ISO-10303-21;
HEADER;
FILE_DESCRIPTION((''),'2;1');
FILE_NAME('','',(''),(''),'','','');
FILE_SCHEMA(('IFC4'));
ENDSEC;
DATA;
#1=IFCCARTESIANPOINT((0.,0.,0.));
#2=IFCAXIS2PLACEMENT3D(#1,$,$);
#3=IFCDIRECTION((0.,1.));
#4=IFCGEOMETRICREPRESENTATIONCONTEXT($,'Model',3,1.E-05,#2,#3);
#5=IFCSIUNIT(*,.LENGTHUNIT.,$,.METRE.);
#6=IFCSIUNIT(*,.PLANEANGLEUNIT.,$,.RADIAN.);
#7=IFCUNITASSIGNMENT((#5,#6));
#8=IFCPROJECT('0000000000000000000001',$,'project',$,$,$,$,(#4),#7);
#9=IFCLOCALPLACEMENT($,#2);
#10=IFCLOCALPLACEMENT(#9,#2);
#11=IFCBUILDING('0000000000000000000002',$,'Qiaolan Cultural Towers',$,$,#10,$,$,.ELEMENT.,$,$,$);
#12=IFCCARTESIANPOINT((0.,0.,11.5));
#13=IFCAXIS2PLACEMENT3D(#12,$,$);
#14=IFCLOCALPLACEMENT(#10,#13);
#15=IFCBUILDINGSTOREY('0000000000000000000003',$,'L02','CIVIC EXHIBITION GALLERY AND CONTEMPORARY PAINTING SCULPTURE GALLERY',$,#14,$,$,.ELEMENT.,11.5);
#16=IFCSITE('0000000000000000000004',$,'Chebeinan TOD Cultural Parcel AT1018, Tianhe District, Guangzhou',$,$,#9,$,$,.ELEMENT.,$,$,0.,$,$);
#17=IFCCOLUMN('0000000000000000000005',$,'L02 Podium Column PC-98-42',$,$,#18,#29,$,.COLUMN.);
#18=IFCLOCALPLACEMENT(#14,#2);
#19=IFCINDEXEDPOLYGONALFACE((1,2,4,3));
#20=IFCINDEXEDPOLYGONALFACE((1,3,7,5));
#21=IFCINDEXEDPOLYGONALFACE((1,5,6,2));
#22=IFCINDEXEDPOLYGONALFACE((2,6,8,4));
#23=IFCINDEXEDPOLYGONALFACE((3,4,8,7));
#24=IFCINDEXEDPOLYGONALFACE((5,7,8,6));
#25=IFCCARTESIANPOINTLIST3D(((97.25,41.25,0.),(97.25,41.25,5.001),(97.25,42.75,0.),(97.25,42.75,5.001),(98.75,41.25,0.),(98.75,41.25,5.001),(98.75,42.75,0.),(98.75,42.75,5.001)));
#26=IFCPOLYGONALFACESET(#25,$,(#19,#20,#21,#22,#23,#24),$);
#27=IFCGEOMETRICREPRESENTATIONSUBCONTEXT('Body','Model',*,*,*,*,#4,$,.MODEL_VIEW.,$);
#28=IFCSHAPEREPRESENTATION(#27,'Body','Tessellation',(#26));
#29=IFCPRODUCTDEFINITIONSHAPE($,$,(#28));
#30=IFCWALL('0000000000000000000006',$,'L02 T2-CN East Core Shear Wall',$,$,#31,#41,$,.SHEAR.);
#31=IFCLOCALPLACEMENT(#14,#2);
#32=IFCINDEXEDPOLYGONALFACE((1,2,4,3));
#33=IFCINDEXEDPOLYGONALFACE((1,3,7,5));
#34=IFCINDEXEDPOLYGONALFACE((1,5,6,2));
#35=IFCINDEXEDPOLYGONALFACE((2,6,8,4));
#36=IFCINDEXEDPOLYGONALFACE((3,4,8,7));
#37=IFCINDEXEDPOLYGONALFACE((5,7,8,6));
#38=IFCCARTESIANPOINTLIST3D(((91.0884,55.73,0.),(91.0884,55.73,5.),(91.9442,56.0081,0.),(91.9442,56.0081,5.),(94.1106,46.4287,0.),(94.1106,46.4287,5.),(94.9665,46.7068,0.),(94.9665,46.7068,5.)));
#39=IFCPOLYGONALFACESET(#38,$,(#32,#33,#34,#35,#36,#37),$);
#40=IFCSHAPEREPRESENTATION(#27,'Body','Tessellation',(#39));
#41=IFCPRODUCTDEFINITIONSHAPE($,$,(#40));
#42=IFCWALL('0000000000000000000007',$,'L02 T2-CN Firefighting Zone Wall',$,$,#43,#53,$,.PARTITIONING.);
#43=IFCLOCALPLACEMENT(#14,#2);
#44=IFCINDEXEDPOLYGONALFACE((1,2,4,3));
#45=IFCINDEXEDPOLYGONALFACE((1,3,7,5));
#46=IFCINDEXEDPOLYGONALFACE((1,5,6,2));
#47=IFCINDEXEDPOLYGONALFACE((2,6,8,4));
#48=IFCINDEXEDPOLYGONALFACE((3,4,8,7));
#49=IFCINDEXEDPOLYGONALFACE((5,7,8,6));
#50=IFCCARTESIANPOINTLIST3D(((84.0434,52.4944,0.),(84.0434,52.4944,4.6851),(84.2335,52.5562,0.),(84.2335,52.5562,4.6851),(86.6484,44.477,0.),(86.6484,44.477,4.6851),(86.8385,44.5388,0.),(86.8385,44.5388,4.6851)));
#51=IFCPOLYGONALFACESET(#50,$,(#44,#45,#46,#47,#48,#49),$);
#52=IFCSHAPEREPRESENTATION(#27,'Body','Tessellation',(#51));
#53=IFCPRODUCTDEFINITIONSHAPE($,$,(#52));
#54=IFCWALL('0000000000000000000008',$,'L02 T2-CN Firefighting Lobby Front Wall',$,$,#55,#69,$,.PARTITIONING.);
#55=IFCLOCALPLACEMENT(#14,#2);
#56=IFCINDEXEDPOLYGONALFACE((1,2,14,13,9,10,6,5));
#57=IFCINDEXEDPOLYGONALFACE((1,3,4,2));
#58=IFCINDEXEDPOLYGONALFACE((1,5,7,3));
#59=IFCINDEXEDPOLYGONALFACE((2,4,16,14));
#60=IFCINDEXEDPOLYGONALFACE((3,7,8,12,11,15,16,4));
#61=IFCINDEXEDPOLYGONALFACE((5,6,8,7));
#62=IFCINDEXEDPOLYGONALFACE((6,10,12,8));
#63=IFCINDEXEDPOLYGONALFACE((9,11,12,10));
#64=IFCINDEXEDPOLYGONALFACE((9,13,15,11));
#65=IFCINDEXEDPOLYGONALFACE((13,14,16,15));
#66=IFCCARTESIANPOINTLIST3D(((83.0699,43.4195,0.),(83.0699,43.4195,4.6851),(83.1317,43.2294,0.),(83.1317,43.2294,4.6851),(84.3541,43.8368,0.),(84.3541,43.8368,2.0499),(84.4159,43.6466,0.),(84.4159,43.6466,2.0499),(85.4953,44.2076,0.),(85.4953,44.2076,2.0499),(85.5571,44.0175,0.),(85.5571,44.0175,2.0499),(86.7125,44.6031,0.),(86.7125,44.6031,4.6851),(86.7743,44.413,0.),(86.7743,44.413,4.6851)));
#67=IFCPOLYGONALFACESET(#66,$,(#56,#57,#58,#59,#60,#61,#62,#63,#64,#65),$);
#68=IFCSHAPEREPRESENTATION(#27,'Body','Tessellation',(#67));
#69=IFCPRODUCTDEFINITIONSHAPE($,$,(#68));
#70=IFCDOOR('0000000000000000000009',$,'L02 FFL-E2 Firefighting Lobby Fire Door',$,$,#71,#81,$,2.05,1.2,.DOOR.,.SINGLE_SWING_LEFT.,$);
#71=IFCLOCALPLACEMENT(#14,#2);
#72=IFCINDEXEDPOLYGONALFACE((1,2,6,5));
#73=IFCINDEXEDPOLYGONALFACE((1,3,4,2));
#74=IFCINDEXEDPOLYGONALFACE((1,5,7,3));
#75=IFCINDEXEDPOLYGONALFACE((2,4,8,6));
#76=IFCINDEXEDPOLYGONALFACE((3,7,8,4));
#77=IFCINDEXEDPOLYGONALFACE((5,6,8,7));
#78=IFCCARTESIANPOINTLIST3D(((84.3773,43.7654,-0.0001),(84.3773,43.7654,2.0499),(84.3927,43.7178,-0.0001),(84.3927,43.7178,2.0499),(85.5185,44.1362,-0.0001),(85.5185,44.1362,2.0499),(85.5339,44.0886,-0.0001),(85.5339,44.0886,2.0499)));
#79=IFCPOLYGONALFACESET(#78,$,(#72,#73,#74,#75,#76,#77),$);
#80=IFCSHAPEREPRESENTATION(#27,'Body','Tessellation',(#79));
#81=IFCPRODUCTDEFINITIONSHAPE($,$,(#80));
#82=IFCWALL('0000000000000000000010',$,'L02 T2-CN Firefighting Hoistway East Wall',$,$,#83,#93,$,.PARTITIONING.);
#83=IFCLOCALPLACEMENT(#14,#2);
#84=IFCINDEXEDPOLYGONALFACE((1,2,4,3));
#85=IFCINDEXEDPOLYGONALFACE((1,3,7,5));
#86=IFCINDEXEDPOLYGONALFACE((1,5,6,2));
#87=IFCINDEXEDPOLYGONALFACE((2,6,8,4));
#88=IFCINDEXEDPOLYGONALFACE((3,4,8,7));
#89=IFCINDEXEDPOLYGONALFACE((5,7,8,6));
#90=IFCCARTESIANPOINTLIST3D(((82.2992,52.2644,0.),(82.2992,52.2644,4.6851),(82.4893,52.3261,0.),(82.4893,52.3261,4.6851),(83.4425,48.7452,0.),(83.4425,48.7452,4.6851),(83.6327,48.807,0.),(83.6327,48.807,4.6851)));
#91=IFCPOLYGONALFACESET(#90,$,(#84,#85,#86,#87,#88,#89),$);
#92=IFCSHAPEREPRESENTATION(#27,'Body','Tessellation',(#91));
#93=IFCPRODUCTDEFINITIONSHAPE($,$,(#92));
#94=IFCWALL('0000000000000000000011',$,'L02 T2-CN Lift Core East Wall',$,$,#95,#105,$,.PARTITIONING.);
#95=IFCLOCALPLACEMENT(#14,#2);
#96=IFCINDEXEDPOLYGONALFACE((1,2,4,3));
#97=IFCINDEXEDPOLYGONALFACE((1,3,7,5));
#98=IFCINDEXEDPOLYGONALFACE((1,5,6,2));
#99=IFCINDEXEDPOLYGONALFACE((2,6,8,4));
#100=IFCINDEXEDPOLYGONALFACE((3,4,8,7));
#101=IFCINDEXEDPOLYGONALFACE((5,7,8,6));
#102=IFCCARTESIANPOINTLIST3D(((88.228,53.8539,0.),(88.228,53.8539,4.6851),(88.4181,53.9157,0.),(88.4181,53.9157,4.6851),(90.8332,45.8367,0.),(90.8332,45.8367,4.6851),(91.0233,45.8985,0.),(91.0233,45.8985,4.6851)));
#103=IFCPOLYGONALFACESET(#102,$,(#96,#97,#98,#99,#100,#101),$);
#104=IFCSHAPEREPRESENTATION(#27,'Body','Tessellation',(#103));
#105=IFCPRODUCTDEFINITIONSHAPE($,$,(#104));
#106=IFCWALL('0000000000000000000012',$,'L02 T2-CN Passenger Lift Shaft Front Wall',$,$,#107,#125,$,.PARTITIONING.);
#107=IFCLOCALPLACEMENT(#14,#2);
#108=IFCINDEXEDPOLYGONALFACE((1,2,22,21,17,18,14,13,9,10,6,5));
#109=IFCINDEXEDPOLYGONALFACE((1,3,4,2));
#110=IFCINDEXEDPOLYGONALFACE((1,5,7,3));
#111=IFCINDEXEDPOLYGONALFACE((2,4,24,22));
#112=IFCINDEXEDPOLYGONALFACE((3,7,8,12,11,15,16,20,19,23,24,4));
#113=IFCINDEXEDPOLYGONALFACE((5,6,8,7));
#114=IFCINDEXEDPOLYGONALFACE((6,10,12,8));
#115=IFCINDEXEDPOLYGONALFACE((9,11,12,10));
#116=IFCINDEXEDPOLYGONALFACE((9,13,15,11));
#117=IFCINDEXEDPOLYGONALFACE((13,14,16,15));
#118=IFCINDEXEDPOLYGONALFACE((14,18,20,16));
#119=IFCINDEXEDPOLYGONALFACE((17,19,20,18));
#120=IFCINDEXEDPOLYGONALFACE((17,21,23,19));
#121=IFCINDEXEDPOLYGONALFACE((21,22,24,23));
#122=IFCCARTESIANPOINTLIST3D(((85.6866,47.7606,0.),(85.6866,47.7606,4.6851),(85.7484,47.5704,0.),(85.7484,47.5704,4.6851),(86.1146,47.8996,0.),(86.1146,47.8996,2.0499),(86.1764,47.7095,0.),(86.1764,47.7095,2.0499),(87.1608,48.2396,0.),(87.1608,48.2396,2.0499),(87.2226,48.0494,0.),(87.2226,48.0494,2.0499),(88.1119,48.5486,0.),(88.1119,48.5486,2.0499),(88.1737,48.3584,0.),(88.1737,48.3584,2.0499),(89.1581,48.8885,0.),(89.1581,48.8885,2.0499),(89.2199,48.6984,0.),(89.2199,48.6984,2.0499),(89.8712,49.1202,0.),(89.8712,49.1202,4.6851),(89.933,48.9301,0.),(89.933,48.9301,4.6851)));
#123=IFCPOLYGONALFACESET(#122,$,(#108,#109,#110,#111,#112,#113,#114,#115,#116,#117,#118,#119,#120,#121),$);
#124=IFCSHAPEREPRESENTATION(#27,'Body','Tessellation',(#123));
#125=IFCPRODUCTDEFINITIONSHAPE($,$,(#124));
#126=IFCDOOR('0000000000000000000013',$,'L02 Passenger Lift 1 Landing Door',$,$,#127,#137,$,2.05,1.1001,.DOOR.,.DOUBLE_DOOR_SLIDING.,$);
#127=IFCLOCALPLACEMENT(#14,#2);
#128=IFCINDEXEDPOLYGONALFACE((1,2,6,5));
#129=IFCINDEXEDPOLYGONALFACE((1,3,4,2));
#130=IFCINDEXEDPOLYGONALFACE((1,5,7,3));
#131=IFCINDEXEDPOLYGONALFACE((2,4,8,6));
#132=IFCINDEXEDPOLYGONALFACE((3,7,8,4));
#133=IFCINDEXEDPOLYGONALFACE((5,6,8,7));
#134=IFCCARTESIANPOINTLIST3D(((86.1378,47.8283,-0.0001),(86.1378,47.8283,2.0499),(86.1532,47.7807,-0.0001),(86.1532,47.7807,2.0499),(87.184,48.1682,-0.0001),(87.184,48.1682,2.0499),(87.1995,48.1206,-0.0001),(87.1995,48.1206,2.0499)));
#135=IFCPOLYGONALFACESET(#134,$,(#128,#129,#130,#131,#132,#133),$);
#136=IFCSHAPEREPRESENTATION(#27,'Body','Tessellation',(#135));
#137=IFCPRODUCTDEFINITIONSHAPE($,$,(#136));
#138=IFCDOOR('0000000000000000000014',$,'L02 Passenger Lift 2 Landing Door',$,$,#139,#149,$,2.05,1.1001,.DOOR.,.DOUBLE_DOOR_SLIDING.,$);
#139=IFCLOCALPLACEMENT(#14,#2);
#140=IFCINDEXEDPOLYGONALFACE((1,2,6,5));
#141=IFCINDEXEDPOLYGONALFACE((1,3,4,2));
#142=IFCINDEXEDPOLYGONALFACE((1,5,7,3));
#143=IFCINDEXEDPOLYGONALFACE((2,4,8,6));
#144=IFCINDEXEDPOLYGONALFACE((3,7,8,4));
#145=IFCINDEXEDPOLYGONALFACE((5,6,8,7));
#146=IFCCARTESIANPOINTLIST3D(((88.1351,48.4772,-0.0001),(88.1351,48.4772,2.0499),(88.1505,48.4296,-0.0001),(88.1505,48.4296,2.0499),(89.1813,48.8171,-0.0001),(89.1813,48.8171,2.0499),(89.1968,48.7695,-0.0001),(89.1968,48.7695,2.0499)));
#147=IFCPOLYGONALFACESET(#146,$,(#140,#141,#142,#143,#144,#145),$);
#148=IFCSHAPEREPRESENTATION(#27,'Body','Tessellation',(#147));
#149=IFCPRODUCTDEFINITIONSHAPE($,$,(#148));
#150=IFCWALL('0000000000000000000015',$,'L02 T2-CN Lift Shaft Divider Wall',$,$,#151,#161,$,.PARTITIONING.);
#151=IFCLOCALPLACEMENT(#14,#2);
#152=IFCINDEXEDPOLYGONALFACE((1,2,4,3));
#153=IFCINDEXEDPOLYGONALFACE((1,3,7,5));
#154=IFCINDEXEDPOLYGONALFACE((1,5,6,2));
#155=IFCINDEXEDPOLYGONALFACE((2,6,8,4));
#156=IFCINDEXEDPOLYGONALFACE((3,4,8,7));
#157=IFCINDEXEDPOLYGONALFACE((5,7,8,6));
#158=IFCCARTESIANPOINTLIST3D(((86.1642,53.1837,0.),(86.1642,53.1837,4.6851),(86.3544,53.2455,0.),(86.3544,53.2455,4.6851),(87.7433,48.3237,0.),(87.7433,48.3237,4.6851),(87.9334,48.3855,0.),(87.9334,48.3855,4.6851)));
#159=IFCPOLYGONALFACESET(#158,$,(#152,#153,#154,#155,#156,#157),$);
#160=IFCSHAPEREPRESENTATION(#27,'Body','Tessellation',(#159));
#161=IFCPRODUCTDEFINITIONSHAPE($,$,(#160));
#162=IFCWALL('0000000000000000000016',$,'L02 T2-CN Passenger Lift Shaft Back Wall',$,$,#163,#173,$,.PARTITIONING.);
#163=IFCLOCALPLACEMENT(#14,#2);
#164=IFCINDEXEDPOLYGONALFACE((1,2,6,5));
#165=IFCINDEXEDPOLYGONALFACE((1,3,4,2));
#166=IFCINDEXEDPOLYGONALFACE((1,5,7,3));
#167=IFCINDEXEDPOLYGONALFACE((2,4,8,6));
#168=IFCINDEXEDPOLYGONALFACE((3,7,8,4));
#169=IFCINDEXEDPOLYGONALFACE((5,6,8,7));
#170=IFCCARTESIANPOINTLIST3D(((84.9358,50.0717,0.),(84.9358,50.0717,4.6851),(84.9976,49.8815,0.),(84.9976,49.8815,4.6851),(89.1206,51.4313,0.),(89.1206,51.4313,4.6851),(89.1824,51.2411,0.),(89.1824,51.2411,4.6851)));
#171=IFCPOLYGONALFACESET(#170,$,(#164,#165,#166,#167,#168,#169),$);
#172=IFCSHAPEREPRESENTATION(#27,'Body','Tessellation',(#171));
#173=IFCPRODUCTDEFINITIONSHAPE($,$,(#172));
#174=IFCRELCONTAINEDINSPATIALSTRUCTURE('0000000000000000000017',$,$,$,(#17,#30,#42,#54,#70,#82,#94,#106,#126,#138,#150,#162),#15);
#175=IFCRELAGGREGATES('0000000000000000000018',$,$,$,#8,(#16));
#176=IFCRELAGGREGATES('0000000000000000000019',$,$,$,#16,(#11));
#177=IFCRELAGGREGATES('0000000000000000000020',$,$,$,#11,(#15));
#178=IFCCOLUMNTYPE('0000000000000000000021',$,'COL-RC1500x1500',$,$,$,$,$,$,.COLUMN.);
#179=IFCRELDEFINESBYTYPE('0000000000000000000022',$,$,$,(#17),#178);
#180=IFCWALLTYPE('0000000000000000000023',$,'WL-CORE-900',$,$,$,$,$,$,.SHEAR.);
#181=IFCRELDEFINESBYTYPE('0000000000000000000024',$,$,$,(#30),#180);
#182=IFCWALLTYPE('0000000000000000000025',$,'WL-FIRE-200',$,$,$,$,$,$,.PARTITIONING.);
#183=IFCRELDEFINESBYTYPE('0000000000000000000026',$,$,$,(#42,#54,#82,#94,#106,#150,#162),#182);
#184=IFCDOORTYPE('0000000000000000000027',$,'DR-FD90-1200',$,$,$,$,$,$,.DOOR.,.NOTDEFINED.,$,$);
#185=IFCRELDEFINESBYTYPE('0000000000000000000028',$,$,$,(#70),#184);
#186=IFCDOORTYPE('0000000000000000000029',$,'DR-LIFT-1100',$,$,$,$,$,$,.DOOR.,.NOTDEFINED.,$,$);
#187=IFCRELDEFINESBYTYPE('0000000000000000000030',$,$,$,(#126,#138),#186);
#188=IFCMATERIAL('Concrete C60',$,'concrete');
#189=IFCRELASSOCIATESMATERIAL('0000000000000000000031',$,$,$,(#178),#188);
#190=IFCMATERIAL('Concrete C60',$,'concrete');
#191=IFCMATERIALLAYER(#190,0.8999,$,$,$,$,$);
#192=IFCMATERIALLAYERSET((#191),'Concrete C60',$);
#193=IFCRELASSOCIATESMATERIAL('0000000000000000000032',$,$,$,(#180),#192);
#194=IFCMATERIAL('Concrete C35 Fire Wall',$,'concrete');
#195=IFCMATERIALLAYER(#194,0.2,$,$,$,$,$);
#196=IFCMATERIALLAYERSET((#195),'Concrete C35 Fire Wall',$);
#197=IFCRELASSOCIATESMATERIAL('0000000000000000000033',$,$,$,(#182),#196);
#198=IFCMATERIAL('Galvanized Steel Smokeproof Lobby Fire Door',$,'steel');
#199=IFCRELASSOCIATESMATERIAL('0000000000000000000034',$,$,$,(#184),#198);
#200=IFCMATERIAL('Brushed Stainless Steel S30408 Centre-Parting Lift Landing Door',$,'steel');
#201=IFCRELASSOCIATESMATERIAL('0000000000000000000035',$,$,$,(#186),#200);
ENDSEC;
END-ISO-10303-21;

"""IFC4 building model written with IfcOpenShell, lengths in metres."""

from ifc_helpers import new_model, si_unit, direction, frame, frame_2d, origin, origin_2d, place, context, subcontext, project, spatial, rectangle, extrude, material, layer, layer_set, material_profile, profile_set, type_object, element, fill, save


model = new_model("IFC4")

# Units and contexts
model_context = context("Model", 3, precision=1e-05, world=origin(), true_north=direction((0.0, 1.0)))
body_context = subcontext(model_context, "Body", "Model", "MODEL_VIEW")
ifc_project = project(units=[si_unit("LENGTHUNIT", "METRE"), si_unit("PLANEANGLEUNIT", "RADIAN")], contexts=[model_context])

# Site, building, storey
site_placement = place(None, origin())
site = spatial("IfcSite", under=ifc_project, at=site_placement, Name="Chebeinan TOD Cultural Parcel AT1018, Tianhe District, Guangzhou", CompositionType="ELEMENT", RefElevation=0.0)
building_placement = place(site_placement, origin())
building = spatial("IfcBuilding", under=site, at=building_placement, Name="Qiaolan Cultural Towers", CompositionType="ELEMENT")
storey_placement = place(building_placement, frame((0.0, 0.0, 11.5)))
storey = spatial("IfcBuildingStorey", under=building, at=storey_placement, Name="L02", Description="CIVIC EXHIBITION GALLERY AND CONTEMPORARY PAINTING SCULPTURE GALLERY", CompositionType="ELEMENT", Elevation=11.5)

# Column
ifc_material_1 = material(Name="Concrete C60", Category="concrete")
ifc_material_profile = material_profile(ifc_material_1, rectangle(XDim=1.5, YDim=1.5, at=origin_2d()), Name="RC1500x1500")
ifc_profile_set = profile_set([ifc_material_profile], Name="Concrete C60")
column_type = type_object("IfcColumnType", Name="COL-RC1500x1500", PredefinedType="COLUMN", material=ifc_profile_set)
column_placement = place(storey_placement, frame((98.0, 42.0, 0.0), z_axis=(0.0, 0.0, 1.0), x_axis=(1.0, 0.0, 0.0)))
element("IfcColumn", 1, at=column_placement, inside=storey, type_object=column_type, Name="L02 Podium Column PC-98-42", PredefinedType="COLUMN", context=body_context, shape_type="SweptSolid", body=[
    extrude(rectangle(XDim=1.5, YDim=1.5, at=origin_2d()), origin(), (0.0, 0.0, 1.0), 5.001),
])

# Walls
ifc_material_2 = material(Name="Concrete C60", Category="concrete")
ifc_layer_1 = layer(ifc_material_2, 0.8999)
ifc_layer_set_1 = layer_set([ifc_layer_1], Name="Concrete C60")
wall_type_1 = type_object("IfcWallType", Name="WL-CORE-900", PredefinedType="SHEAR", material=ifc_layer_set_1)
wall_1_placement = place(storey_placement, frame((94.5386, 46.5676, 0.0), z_axis=(0.0, 0.0, 1.0), x_axis=(-0.309022, 0.951055, 0.0)))
element("IfcWall", 2, at=wall_1_placement, inside=storey, type_object=wall_type_1, Name="L02 T2-CN East Core Shear Wall", PredefinedType="SHEAR", context=body_context, shape_type="SweptSolid", body=[
    extrude(rectangle(XDim=9.78, YDim=0.8999, at=frame_2d((4.8901, 0.0))), origin(), (0.0, 0.0, 1.0), 5.0),
])
ifc_material_3 = material(Name="Concrete C35 Fire Wall", Category="concrete")
ifc_layer_2 = layer(ifc_material_3, 0.2)
ifc_layer_set_2 = layer_set([ifc_layer_2], Name="Concrete C35 Fire Wall")
wall_type_2 = type_object("IfcWallType", Name="WL-FIRE-200", PredefinedType="PARTITIONING", material=ifc_layer_set_2)
wall_2_placement = place(storey_placement, frame((86.7434, 44.5081, 0.0), z_axis=(0.0, 0.0, 1.0), x_axis=(-0.309016, 0.951057, 0.0)))
element("IfcWall", 3, at=wall_2_placement, inside=storey, type_object=wall_type_2, Name="L02 T2-CN Firefighting Zone Wall", PredefinedType="PARTITIONING", context=body_context, shape_type="SweptSolid", body=[
    extrude(rectangle(XDim=8.4299, YDim=0.2, at=frame_2d((4.2148, 0.0))), origin(), (0.0, 0.0, 1.0), 4.6851),
])

# Wall, opening, door
wall_3_placement = place(storey_placement, frame((83.1008, 43.3245, 0.0), z_axis=(0.0, 0.0, 1.0), x_axis=(0.951053, 0.309028, 0.0)))
wall_3 = element("IfcWall", 4, at=wall_3_placement, inside=storey, type_object=wall_type_2, Name="L02 T2-CN Firefighting Lobby Front Wall", PredefinedType="PARTITIONING", context=body_context, shape_type="SweptSolid", body=[
    extrude(rectangle(XDim=3.8301, YDim=0.2, at=frame_2d((1.915, 0.0))), origin(), (0.0, 0.0, 1.0), 4.6851),
])
opening_1_placement = place(wall_3_placement, frame((1.3501, 0.0, 0.0)))
opening_1 = element("IfcOpeningElement", 5, at=opening_1_placement, cuts=wall_3, PredefinedType="OPENING", context=body_context, shape_type="SweptSolid", body=[
    extrude(rectangle(XDim=1.2, YDim=2.05, at=frame_2d((0.6001, 1.0249))), frame((0.0, 0.1099, 0.0), z_axis=(0.0, -1.0, 0.0), x_axis=(1.0, 0.0, 0.0)), (0.0, 0.0, 1.0), 0.22),
])
ifc_material_4 = material(Name="Galvanized Steel Smokeproof Lobby Fire Door", Category="steel")
door_type_1 = type_object("IfcDoorType", Name="DR-FD90-1200", OperationType="NOTDEFINED", PredefinedType="DOOR", material=ifc_material_4)
door_1_placement = place(opening_1_placement, origin())
door_1 = element("IfcDoor", 6, at=door_1_placement, inside=storey, type_object=door_type_1, Name="L02 FFL-E2 Firefighting Lobby Fire Door", OperationType="SINGLE_SWING_LEFT", OverallHeight=2.05, OverallWidth=1.2, PredefinedType="DOOR", context=body_context, shape_type="SweptSolid", body=[
    extrude(rectangle(XDim=1.2, YDim=2.05, at=frame_2d((0.6001, 1.0249))), frame((0.0, 0.0249, 0.0), z_axis=(0.0, -1.0, 0.0), x_axis=(1.0, 0.0, 0.0)), (0.0, 0.0, 1.0), 0.05),
])
fill(opening_1, door_1)

# Walls
wall_4_placement = place(storey_placement, frame((83.5376, 48.7761, 0.0), z_axis=(0.0, 0.0, 1.0), x_axis=(-0.308994, 0.951064, 0.0)))
element("IfcWall", 7, at=wall_4_placement, inside=storey, type_object=wall_type_2, Name="L02 T2-CN Firefighting Hoistway East Wall", PredefinedType="PARTITIONING", context=body_context, shape_type="SweptSolid", body=[
    extrude(rectangle(XDim=3.7002, YDim=0.2, at=frame_2d((1.8501, 0.0))), origin(), (0.0, 0.0, 1.0), 4.6851),
])
wall_5_placement = place(storey_placement, frame((90.9282, 45.8677, 0.0), z_axis=(0.0, 0.0, 1.0), x_axis=(-0.309042, 0.951048, 0.0)))
element("IfcWall", 8, at=wall_5_placement, inside=storey, type_object=wall_type_2, Name="L02 T2-CN Lift Core East Wall", PredefinedType="PARTITIONING", context=body_context, shape_type="SweptSolid", body=[
    extrude(rectangle(XDim=8.4299, YDim=0.2, at=frame_2d((4.2148, 0.0))), origin(), (0.0, 0.0, 1.0), 4.6851),
])

# Wall, openings, doors
wall_6_placement = place(storey_placement, frame((85.7175, 47.6655, 0.0), z_axis=(0.0, 0.0, 1.0), x_axis=(0.951059, 0.309011, 0.0)))
wall_6 = element("IfcWall", 9, at=wall_6_placement, inside=storey, type_object=wall_type_2, Name="L02 T2-CN Passenger Lift Shaft Front Wall", PredefinedType="PARTITIONING", context=body_context, shape_type="SweptSolid", body=[
    extrude(rectangle(XDim=4.3999, YDim=0.2, at=frame_2d((2.2, 0.0))), origin(), (0.0, 0.0, 1.0), 4.6851),
])
opening_2_placement = place(wall_6_placement, frame((0.45, 0.0, 0.0)))
opening_2 = element("IfcOpeningElement", 10, at=opening_2_placement, cuts=wall_6, PredefinedType="OPENING", context=body_context, shape_type="SweptSolid", body=[
    extrude(rectangle(XDim=1.1001, YDim=2.05, at=frame_2d((0.55, 1.0249))), frame((0.0, 0.1099, 0.0), z_axis=(0.0, -1.0, 0.0), x_axis=(1.0, 0.0, 0.0)), (0.0, 0.0, 1.0), 0.22),
])
opening_3_placement = place(wall_6_placement, frame((2.55, 0.0, 0.0)))
opening_3 = element("IfcOpeningElement", 11, at=opening_3_placement, cuts=wall_6, PredefinedType="OPENING", context=body_context, shape_type="SweptSolid", body=[
    extrude(rectangle(XDim=1.1001, YDim=2.05, at=frame_2d((0.55, 1.0249))), frame((0.0, 0.1099, 0.0), z_axis=(0.0, -1.0, 0.0), x_axis=(1.0, 0.0, 0.0)), (0.0, 0.0, 1.0), 0.22),
])
ifc_material_5 = material(Name="Brushed Stainless Steel S30408 Centre-Parting Lift Landing Door", Category="steel")
door_type_2 = type_object("IfcDoorType", Name="DR-LIFT-1100", OperationType="NOTDEFINED", PredefinedType="DOOR", material=ifc_material_5)
door_2_placement = place(opening_2_placement, origin())
door_2 = element("IfcDoor", 12, at=door_2_placement, inside=storey, type_object=door_type_2, Name="L02 Passenger Lift 1 Landing Door", OperationType="DOUBLE_DOOR_SLIDING", OverallHeight=2.05, OverallWidth=1.1001, PredefinedType="DOOR", context=body_context, shape_type="SweptSolid", body=[
    extrude(rectangle(XDim=1.1001, YDim=2.05, at=frame_2d((0.55, 1.0249))), frame((0.0, 0.0249, 0.0), z_axis=(0.0, -1.0, 0.0), x_axis=(1.0, 0.0, 0.0)), (0.0, 0.0, 1.0), 0.05),
])
fill(opening_2, door_2)
door_3_placement = place(opening_3_placement, origin())
door_3 = element("IfcDoor", 13, at=door_3_placement, inside=storey, type_object=door_type_2, Name="L02 Passenger Lift 2 Landing Door", OperationType="DOUBLE_DOOR_SLIDING", OverallHeight=2.05, OverallWidth=1.1001, PredefinedType="DOOR", context=body_context, shape_type="SweptSolid", body=[
    extrude(rectangle(XDim=1.1001, YDim=2.05, at=frame_2d((0.55, 1.0249))), frame((0.0, 0.0249, 0.0), z_axis=(0.0, -1.0, 0.0), x_axis=(1.0, 0.0, 0.0)), (0.0, 0.0, 1.0), 0.05),
])
fill(opening_3, door_3)

# Walls
wall_7_placement = place(storey_placement, frame((87.8384, 48.3545, 0.0), z_axis=(0.0, 0.0, 1.0), x_axis=(-0.309009, 0.951059, 0.0)))
element("IfcWall", 14, at=wall_7_placement, inside=storey, type_object=wall_type_2, Name="L02 T2-CN Lift Shaft Divider Wall", PredefinedType="PARTITIONING", context=body_context, shape_type="SweptSolid", body=[
    extrude(rectangle(XDim=5.1101, YDim=0.2, at=frame_2d((2.5552, 0.0))), origin(), (0.0, 0.0, 1.0), 4.6851),
])
wall_8_placement = place(storey_placement, frame((84.9666, 49.9766, 0.0), z_axis=(0.0, 0.0, 1.0), x_axis=(0.951064, 0.308994, 0.0)))
element("IfcWall", 15, at=wall_8_placement, inside=storey, type_object=wall_type_2, Name="L02 T2-CN Passenger Lift Shaft Back Wall", PredefinedType="PARTITIONING", context=body_context, shape_type="SweptSolid", body=[
    extrude(rectangle(XDim=4.4001, YDim=0.2, at=frame_2d((2.2002, 0.0))), origin(), (0.0, 0.0, 1.0), 4.6851),
])

save(model, "model.ifc")
